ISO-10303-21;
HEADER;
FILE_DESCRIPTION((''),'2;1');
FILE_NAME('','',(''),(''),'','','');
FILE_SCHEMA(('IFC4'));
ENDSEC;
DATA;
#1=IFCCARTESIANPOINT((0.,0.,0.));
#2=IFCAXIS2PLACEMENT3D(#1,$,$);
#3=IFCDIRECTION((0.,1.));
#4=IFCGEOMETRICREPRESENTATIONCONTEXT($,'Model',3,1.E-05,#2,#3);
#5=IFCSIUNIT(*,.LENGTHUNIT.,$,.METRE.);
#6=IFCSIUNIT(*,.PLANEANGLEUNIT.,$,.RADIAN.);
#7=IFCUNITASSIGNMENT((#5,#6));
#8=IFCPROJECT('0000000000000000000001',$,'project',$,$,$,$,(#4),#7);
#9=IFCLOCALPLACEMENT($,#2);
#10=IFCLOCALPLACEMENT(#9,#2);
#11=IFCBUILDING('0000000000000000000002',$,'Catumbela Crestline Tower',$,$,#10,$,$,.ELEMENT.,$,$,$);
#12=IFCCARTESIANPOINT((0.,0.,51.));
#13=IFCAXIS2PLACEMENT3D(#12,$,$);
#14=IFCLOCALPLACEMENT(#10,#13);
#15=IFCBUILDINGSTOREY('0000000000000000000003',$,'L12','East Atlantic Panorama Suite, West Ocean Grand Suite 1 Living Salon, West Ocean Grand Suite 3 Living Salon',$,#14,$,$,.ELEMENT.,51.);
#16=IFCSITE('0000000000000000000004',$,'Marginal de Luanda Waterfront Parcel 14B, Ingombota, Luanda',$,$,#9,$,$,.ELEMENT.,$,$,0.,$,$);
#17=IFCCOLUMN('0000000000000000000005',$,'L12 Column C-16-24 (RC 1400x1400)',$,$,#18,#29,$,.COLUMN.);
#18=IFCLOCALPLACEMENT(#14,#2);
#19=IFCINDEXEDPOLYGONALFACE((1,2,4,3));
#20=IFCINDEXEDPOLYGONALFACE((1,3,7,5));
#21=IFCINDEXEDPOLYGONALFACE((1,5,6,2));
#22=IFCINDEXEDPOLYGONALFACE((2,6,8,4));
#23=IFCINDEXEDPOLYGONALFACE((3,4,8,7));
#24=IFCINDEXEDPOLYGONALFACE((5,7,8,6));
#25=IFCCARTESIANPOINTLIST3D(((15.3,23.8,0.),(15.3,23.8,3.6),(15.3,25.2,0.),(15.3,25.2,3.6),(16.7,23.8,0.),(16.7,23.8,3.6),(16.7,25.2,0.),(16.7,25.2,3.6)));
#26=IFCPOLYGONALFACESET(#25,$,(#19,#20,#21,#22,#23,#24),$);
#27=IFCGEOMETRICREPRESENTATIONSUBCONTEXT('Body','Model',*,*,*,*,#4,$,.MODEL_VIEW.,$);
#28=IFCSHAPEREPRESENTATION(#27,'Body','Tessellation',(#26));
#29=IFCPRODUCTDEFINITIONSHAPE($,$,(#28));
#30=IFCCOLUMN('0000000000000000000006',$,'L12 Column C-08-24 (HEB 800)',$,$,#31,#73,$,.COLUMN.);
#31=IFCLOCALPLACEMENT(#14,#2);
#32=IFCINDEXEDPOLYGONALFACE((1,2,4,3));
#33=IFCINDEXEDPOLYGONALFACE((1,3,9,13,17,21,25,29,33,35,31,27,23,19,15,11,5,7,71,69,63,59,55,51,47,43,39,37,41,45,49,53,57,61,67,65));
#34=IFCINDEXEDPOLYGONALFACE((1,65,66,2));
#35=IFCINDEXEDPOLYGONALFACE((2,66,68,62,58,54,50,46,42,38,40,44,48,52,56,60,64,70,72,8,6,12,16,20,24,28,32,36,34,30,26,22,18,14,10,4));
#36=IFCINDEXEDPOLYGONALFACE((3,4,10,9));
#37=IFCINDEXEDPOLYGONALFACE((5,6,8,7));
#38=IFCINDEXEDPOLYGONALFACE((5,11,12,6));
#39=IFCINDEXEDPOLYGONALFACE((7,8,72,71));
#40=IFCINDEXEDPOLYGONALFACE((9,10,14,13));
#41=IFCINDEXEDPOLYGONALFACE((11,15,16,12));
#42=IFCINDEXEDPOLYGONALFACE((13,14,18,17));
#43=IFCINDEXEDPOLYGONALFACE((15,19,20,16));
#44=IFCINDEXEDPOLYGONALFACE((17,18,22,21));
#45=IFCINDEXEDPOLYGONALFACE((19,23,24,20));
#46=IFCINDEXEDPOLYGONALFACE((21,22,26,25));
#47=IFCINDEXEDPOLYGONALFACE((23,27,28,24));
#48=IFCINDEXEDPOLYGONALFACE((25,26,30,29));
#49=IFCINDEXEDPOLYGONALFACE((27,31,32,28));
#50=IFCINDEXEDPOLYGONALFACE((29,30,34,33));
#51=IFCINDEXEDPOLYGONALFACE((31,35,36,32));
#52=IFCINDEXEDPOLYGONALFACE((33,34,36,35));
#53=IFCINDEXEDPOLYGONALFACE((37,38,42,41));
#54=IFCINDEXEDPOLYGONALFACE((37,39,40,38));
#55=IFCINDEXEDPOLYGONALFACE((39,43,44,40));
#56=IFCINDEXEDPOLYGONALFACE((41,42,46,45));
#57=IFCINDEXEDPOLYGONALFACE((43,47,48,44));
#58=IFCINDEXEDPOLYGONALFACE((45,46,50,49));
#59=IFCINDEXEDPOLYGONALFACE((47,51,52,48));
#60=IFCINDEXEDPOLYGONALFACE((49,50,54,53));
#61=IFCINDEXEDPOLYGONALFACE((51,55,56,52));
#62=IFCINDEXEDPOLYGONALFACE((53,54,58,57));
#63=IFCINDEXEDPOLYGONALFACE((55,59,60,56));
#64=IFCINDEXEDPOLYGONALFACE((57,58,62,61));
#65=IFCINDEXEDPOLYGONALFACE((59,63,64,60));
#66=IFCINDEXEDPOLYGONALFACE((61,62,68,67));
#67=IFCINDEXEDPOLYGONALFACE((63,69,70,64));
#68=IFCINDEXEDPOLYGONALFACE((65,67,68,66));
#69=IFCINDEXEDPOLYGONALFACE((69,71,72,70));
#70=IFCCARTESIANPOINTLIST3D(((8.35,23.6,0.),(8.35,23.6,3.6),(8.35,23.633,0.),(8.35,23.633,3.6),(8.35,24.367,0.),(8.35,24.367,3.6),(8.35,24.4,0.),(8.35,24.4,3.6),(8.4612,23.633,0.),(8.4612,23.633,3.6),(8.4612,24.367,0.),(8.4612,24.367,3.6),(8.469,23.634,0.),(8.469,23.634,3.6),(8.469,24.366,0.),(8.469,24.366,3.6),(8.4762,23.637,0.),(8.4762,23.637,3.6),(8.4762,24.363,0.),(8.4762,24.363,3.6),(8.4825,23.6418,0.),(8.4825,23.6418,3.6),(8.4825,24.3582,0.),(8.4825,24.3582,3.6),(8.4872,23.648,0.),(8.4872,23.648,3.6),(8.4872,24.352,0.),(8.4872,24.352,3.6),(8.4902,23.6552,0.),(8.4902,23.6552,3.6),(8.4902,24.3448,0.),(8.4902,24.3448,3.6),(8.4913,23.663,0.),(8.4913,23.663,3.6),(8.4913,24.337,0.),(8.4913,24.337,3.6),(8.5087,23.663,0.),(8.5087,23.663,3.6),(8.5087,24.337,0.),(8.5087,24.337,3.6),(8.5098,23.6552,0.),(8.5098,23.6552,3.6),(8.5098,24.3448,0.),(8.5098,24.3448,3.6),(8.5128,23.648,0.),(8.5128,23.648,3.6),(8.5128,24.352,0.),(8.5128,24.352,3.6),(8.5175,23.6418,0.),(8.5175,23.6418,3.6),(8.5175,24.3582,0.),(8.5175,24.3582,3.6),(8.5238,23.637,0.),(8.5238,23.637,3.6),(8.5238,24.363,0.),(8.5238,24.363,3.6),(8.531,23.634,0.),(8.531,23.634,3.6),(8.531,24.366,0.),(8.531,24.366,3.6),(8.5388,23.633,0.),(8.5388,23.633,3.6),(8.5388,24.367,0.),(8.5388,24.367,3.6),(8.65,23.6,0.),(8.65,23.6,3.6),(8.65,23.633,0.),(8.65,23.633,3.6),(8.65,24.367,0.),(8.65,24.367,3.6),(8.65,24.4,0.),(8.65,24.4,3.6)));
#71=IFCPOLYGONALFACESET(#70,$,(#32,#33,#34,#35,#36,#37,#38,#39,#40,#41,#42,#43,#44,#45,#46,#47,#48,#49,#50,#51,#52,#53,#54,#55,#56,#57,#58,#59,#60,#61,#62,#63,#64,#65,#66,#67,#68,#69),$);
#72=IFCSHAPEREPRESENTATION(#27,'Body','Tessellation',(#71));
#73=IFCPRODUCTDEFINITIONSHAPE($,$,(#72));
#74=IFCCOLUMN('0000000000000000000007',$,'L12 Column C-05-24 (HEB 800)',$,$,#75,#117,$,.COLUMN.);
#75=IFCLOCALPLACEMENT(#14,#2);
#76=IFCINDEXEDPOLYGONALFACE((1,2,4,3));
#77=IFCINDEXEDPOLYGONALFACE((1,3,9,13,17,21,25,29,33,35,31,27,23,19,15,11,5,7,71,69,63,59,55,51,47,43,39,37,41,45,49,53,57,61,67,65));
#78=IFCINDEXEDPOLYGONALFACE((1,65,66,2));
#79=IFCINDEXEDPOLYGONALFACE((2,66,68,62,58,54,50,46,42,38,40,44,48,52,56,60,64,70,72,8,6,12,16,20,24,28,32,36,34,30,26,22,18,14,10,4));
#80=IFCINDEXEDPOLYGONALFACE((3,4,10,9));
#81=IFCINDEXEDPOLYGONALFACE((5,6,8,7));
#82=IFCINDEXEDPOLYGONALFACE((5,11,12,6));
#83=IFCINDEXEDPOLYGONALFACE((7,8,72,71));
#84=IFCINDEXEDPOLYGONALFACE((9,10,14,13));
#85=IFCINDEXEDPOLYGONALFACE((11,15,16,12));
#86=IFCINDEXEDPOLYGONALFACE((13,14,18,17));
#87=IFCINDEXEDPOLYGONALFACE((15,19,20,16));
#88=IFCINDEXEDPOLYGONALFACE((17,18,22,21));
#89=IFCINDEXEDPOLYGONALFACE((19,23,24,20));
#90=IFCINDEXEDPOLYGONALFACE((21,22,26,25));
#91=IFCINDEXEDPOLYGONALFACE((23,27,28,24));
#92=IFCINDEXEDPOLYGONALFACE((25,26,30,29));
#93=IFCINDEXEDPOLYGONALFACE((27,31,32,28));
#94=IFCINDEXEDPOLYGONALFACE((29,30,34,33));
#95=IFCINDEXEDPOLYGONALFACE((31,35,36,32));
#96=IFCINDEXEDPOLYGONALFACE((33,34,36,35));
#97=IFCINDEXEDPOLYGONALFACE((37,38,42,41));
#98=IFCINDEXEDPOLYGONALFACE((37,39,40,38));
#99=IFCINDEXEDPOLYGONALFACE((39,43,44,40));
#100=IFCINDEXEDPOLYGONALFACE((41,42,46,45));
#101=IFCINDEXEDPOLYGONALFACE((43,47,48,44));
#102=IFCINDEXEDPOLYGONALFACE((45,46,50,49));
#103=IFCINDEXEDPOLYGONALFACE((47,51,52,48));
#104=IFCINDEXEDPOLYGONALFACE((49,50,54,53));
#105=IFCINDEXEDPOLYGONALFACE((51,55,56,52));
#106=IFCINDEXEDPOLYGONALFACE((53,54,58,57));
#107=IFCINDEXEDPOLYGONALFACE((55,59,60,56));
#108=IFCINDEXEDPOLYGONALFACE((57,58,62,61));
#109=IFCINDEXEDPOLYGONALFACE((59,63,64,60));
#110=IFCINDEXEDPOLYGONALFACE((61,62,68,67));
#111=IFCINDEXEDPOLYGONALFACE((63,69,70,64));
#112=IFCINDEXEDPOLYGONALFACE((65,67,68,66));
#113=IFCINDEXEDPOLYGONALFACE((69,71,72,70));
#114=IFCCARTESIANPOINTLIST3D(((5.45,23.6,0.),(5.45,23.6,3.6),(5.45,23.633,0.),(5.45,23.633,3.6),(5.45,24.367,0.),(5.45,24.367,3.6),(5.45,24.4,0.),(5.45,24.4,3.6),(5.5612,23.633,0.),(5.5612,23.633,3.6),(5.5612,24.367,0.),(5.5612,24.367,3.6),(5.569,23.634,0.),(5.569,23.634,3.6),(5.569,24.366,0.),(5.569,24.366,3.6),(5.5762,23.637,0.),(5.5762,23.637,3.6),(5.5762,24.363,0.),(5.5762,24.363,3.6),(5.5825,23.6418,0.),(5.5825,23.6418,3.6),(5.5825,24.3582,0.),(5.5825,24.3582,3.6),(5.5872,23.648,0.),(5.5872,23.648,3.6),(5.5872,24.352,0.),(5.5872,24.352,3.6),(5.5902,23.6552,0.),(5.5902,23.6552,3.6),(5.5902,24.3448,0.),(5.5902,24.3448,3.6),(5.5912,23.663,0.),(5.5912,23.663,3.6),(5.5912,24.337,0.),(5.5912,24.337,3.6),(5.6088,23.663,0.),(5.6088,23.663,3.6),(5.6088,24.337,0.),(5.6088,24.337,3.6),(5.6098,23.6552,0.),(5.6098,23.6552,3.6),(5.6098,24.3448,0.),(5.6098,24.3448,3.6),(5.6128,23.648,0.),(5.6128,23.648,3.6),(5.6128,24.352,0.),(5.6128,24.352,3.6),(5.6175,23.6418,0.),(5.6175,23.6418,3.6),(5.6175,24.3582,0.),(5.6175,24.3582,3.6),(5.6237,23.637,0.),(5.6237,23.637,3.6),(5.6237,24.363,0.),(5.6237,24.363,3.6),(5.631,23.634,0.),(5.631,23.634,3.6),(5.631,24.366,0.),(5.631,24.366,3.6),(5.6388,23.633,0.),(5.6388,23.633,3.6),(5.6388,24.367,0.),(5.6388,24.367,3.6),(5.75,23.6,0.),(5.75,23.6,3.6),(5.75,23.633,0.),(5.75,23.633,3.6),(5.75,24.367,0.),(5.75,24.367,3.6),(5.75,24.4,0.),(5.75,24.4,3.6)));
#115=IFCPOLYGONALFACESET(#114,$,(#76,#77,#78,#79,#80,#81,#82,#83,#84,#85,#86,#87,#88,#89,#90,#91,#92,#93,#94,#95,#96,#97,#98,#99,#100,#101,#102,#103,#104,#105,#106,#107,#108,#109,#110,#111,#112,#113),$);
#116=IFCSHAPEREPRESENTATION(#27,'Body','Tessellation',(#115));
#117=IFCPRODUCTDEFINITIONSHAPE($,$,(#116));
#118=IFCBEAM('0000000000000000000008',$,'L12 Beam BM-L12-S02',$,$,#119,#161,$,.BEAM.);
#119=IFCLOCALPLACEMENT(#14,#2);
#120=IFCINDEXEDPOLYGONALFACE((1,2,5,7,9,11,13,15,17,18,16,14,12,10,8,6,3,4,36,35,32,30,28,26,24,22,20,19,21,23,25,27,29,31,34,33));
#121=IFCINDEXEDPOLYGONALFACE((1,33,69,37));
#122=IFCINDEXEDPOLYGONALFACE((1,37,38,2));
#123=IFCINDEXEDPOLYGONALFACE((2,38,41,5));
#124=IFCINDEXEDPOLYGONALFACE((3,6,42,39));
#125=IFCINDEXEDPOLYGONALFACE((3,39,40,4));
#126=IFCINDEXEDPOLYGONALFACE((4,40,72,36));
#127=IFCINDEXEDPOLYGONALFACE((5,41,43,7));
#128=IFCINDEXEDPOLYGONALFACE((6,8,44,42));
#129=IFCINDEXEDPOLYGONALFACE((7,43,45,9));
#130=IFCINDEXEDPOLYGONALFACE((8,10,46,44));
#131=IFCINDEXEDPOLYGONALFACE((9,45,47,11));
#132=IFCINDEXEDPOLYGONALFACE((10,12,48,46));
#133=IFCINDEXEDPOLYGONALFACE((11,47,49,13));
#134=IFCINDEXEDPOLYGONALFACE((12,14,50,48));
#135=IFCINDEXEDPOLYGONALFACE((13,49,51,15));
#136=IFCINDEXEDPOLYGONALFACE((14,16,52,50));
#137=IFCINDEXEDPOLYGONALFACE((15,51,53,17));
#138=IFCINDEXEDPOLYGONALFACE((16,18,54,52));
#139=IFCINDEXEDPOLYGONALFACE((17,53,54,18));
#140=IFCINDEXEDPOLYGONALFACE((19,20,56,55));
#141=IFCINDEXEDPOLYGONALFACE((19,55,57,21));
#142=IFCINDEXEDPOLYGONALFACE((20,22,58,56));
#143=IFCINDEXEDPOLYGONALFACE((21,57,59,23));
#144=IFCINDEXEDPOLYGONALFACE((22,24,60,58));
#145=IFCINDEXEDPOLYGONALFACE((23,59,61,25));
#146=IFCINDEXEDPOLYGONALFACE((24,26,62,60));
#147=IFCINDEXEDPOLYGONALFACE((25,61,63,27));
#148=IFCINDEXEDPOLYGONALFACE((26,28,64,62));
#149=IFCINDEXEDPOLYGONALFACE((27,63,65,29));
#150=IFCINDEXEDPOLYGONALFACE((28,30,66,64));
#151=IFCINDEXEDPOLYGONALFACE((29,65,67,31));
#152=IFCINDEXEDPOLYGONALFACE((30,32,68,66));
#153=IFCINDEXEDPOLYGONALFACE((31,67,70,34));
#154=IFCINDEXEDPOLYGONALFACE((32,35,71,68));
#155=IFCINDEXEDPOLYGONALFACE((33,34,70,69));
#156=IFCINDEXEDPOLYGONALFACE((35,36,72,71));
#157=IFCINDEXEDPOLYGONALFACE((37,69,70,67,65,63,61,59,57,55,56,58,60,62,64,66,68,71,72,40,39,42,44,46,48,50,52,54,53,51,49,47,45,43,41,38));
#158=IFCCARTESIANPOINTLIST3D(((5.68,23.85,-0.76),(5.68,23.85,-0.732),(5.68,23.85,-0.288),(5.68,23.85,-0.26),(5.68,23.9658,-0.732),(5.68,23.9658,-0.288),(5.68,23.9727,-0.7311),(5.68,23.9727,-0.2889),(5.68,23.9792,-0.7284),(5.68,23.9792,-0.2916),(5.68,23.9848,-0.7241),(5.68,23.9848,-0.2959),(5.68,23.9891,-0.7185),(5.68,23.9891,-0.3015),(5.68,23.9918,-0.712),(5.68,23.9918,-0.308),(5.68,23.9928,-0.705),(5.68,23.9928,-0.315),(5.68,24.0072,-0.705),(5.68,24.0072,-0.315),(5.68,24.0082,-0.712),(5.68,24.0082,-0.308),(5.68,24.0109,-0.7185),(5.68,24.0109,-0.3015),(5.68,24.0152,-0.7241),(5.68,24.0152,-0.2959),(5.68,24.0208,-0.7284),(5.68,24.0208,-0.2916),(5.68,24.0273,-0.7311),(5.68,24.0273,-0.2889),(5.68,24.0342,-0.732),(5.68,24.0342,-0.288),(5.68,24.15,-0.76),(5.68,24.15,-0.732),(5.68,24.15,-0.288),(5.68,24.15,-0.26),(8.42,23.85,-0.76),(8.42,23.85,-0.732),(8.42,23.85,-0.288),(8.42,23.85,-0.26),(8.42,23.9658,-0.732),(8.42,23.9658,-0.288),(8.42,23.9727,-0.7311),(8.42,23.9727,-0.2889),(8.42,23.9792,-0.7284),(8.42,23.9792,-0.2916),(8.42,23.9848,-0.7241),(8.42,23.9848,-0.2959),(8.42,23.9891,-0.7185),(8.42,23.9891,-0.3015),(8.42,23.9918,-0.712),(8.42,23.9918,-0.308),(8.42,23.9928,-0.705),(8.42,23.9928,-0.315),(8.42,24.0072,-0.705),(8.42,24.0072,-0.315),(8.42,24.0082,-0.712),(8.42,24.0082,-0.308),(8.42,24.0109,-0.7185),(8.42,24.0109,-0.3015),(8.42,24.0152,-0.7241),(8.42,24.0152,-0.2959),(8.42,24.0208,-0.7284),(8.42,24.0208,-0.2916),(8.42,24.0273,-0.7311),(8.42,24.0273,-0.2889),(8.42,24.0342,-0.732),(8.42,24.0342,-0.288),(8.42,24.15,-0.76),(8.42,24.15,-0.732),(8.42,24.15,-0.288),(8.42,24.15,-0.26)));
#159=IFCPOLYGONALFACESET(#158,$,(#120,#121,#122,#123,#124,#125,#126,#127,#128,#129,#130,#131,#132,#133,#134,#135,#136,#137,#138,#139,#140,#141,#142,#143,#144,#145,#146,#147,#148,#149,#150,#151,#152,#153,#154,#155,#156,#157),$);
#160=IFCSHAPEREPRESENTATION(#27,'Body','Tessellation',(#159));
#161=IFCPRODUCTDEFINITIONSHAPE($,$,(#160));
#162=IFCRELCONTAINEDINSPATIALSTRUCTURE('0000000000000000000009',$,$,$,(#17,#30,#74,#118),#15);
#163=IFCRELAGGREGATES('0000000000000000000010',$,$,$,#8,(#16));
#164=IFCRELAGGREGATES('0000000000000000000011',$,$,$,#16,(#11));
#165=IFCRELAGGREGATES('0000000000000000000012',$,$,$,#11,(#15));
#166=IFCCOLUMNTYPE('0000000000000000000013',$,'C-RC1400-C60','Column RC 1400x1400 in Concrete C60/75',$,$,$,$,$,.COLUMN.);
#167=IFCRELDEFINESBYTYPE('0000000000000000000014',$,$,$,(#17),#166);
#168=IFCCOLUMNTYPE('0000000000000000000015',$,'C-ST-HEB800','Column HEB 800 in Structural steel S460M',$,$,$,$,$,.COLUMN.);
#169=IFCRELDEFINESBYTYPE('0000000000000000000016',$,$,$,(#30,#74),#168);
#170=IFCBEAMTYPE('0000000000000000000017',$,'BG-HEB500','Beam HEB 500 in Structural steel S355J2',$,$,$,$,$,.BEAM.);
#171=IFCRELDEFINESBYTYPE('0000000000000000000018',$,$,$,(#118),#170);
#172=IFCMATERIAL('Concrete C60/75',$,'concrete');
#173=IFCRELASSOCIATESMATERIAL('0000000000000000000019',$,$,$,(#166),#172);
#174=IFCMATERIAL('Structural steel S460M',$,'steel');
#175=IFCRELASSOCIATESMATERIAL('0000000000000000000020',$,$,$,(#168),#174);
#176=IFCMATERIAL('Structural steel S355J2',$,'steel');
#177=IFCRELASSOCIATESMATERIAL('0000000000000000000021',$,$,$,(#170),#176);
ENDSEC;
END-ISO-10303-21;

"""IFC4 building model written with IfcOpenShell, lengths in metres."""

from ifc_helpers import new_model, si_unit, direction, frame, origin, origin_2d, place, context, subcontext, project, spatial, rectangle, i_section, extrude, material, material_profile, profile_set, type_object, element, save


model = new_model("IFC4")

# Units and contexts
model_context = context("Model", 3, precision=1e-05, world=origin(), true_north=direction((0.0, 1.0)))
body_context = subcontext(model_context, "Body", "Model", "MODEL_VIEW")
ifc_project = project(units=[si_unit("LENGTHUNIT", "METRE"), si_unit("PLANEANGLEUNIT", "RADIAN")], contexts=[model_context])

# Site, building, storey
site_placement = place(None, origin())
site = spatial("IfcSite", under=ifc_project, at=site_placement, Name="Marginal de Luanda Waterfront Parcel 14B, Ingombota, Luanda", CompositionType="ELEMENT", RefElevation=0.0)
building_placement = place(site_placement, origin())
building = spatial("IfcBuilding", under=site, at=building_placement, Name="Catumbela Crestline Tower", CompositionType="ELEMENT")
storey_placement = place(building_placement, frame((0.0, 0.0, 51.0)))
storey = spatial("IfcBuildingStorey", under=building, at=storey_placement, Name="L12", Description="East Atlantic Panorama Suite, West Ocean Grand Suite 1 Living Salon, West Ocean Grand Suite 3 Living Salon", CompositionType="ELEMENT", Elevation=51.0)

# Columns
ifc_material_1 = material(Name="Concrete C60/75", Category="concrete")
ifc_material_profile_1 = material_profile(ifc_material_1, rectangle(XDim=1.4, YDim=1.4, at=origin_2d()), Name="RC 1400x1400")
ifc_profile_set_1 = profile_set([ifc_material_profile_1], Name="Concrete C60/75")
column_type_1 = type_object("IfcColumnType", Name="C-RC1400-C60", Description="Column RC 1400x1400 in Concrete C60/75", PredefinedType="COLUMN", material=ifc_profile_set_1)
column_placement = place(storey_placement, frame((16.0, 24.5, 0.0), z_axis=(0.0, 0.0, 1.0), x_axis=(1.0, 0.0, 0.0)))
element("IfcColumn", 1, at=column_placement, inside=storey, type_object=column_type_1, Name="L12 Column C-16-24 (RC 1400x1400)", PredefinedType="COLUMN", context=body_context, shape_type="SweptSolid", body=[
    extrude(rectangle(XDim=1.4, YDim=1.4, at=origin_2d()), origin(), (0.0, 0.0, 1.0), 3.6),
])
ifc_material_2 = material(Name="Structural steel S460M", Category="steel")
ifc_material_profile_2 = material_profile(ifc_material_2, i_section(OverallWidth=0.3, OverallDepth=0.8, WebThickness=0.0175, FlangeThickness=0.033, FilletRadius=0.03, at=origin_2d()), Name="HEB 800")
ifc_profile_set_2 = profile_set([ifc_material_profile_2], Name="Structural steel S460M")
column_type_2 = type_object("IfcColumnType", Name="C-ST-HEB800", Description="Column HEB 800 in Structural steel S460M", PredefinedType="COLUMN", material=ifc_profile_set_2)
for number, where, z_axis, x_axis, name in (
    (2, (8.5, 24.0, 0.0), (0.0, 0.0, 1.0), (1.0, 0.0, 0.0), "L12 Column C-08-24 (HEB 800)"),
    (3, (5.6, 24.0, 0.0), (0.0, 0.0, 1.0), (1.0, 0.0, 0.0), "L12 Column C-05-24 (HEB 800)"),
):
    element("IfcColumn", number, at=place(storey_placement, frame(where, z_axis=z_axis, x_axis=x_axis)), inside=storey, type_object=column_type_2, Name=name, PredefinedType="COLUMN", context=body_context, shape_type="SweptSolid", body=[
        extrude(i_section(OverallWidth=0.3, OverallDepth=0.8, WebThickness=0.0175, FlangeThickness=0.033, FilletRadius=0.03, at=origin_2d()), origin(), (0.0, 0.0, 1.0), 3.6),
    ])

# Beam
ifc_material_3 = material(Name="Structural steel S355J2", Category="steel")
ifc_material_profile_3 = material_profile(ifc_material_3, i_section(OverallWidth=0.3, OverallDepth=0.5, WebThickness=0.0145, FlangeThickness=0.028, FilletRadius=0.027, at=origin_2d()), Name="HEB 500")
ifc_profile_set_3 = profile_set([ifc_material_profile_3], Name="Structural steel S355J2")
beam_type_1 = type_object("IfcBeamType", Name="BG-HEB500", Description="Beam HEB 500 in Structural steel S355J2", PredefinedType="BEAM", material=ifc_profile_set_3)
beam_1_placement = place(storey_placement, frame((5.68, 24.0, -0.51), z_axis=(1.0, 0.0, 0.0), x_axis=(0.0, 1.0, 0.0)))
element("IfcBeam", 4, at=beam_1_placement, inside=storey, type_object=beam_type_1, Name="L12 Beam BM-L12-S02", PredefinedType="BEAM", context=body_context, shape_type="SweptSolid", body=[
    extrude(i_section(OverallWidth=0.3, OverallDepth=0.5, WebThickness=0.0145, FlangeThickness=0.028, FilletRadius=0.027, at=origin_2d()), origin(), (0.0, 0.0, 1.0), 2.74),
])

save(model, "model.ifc")
